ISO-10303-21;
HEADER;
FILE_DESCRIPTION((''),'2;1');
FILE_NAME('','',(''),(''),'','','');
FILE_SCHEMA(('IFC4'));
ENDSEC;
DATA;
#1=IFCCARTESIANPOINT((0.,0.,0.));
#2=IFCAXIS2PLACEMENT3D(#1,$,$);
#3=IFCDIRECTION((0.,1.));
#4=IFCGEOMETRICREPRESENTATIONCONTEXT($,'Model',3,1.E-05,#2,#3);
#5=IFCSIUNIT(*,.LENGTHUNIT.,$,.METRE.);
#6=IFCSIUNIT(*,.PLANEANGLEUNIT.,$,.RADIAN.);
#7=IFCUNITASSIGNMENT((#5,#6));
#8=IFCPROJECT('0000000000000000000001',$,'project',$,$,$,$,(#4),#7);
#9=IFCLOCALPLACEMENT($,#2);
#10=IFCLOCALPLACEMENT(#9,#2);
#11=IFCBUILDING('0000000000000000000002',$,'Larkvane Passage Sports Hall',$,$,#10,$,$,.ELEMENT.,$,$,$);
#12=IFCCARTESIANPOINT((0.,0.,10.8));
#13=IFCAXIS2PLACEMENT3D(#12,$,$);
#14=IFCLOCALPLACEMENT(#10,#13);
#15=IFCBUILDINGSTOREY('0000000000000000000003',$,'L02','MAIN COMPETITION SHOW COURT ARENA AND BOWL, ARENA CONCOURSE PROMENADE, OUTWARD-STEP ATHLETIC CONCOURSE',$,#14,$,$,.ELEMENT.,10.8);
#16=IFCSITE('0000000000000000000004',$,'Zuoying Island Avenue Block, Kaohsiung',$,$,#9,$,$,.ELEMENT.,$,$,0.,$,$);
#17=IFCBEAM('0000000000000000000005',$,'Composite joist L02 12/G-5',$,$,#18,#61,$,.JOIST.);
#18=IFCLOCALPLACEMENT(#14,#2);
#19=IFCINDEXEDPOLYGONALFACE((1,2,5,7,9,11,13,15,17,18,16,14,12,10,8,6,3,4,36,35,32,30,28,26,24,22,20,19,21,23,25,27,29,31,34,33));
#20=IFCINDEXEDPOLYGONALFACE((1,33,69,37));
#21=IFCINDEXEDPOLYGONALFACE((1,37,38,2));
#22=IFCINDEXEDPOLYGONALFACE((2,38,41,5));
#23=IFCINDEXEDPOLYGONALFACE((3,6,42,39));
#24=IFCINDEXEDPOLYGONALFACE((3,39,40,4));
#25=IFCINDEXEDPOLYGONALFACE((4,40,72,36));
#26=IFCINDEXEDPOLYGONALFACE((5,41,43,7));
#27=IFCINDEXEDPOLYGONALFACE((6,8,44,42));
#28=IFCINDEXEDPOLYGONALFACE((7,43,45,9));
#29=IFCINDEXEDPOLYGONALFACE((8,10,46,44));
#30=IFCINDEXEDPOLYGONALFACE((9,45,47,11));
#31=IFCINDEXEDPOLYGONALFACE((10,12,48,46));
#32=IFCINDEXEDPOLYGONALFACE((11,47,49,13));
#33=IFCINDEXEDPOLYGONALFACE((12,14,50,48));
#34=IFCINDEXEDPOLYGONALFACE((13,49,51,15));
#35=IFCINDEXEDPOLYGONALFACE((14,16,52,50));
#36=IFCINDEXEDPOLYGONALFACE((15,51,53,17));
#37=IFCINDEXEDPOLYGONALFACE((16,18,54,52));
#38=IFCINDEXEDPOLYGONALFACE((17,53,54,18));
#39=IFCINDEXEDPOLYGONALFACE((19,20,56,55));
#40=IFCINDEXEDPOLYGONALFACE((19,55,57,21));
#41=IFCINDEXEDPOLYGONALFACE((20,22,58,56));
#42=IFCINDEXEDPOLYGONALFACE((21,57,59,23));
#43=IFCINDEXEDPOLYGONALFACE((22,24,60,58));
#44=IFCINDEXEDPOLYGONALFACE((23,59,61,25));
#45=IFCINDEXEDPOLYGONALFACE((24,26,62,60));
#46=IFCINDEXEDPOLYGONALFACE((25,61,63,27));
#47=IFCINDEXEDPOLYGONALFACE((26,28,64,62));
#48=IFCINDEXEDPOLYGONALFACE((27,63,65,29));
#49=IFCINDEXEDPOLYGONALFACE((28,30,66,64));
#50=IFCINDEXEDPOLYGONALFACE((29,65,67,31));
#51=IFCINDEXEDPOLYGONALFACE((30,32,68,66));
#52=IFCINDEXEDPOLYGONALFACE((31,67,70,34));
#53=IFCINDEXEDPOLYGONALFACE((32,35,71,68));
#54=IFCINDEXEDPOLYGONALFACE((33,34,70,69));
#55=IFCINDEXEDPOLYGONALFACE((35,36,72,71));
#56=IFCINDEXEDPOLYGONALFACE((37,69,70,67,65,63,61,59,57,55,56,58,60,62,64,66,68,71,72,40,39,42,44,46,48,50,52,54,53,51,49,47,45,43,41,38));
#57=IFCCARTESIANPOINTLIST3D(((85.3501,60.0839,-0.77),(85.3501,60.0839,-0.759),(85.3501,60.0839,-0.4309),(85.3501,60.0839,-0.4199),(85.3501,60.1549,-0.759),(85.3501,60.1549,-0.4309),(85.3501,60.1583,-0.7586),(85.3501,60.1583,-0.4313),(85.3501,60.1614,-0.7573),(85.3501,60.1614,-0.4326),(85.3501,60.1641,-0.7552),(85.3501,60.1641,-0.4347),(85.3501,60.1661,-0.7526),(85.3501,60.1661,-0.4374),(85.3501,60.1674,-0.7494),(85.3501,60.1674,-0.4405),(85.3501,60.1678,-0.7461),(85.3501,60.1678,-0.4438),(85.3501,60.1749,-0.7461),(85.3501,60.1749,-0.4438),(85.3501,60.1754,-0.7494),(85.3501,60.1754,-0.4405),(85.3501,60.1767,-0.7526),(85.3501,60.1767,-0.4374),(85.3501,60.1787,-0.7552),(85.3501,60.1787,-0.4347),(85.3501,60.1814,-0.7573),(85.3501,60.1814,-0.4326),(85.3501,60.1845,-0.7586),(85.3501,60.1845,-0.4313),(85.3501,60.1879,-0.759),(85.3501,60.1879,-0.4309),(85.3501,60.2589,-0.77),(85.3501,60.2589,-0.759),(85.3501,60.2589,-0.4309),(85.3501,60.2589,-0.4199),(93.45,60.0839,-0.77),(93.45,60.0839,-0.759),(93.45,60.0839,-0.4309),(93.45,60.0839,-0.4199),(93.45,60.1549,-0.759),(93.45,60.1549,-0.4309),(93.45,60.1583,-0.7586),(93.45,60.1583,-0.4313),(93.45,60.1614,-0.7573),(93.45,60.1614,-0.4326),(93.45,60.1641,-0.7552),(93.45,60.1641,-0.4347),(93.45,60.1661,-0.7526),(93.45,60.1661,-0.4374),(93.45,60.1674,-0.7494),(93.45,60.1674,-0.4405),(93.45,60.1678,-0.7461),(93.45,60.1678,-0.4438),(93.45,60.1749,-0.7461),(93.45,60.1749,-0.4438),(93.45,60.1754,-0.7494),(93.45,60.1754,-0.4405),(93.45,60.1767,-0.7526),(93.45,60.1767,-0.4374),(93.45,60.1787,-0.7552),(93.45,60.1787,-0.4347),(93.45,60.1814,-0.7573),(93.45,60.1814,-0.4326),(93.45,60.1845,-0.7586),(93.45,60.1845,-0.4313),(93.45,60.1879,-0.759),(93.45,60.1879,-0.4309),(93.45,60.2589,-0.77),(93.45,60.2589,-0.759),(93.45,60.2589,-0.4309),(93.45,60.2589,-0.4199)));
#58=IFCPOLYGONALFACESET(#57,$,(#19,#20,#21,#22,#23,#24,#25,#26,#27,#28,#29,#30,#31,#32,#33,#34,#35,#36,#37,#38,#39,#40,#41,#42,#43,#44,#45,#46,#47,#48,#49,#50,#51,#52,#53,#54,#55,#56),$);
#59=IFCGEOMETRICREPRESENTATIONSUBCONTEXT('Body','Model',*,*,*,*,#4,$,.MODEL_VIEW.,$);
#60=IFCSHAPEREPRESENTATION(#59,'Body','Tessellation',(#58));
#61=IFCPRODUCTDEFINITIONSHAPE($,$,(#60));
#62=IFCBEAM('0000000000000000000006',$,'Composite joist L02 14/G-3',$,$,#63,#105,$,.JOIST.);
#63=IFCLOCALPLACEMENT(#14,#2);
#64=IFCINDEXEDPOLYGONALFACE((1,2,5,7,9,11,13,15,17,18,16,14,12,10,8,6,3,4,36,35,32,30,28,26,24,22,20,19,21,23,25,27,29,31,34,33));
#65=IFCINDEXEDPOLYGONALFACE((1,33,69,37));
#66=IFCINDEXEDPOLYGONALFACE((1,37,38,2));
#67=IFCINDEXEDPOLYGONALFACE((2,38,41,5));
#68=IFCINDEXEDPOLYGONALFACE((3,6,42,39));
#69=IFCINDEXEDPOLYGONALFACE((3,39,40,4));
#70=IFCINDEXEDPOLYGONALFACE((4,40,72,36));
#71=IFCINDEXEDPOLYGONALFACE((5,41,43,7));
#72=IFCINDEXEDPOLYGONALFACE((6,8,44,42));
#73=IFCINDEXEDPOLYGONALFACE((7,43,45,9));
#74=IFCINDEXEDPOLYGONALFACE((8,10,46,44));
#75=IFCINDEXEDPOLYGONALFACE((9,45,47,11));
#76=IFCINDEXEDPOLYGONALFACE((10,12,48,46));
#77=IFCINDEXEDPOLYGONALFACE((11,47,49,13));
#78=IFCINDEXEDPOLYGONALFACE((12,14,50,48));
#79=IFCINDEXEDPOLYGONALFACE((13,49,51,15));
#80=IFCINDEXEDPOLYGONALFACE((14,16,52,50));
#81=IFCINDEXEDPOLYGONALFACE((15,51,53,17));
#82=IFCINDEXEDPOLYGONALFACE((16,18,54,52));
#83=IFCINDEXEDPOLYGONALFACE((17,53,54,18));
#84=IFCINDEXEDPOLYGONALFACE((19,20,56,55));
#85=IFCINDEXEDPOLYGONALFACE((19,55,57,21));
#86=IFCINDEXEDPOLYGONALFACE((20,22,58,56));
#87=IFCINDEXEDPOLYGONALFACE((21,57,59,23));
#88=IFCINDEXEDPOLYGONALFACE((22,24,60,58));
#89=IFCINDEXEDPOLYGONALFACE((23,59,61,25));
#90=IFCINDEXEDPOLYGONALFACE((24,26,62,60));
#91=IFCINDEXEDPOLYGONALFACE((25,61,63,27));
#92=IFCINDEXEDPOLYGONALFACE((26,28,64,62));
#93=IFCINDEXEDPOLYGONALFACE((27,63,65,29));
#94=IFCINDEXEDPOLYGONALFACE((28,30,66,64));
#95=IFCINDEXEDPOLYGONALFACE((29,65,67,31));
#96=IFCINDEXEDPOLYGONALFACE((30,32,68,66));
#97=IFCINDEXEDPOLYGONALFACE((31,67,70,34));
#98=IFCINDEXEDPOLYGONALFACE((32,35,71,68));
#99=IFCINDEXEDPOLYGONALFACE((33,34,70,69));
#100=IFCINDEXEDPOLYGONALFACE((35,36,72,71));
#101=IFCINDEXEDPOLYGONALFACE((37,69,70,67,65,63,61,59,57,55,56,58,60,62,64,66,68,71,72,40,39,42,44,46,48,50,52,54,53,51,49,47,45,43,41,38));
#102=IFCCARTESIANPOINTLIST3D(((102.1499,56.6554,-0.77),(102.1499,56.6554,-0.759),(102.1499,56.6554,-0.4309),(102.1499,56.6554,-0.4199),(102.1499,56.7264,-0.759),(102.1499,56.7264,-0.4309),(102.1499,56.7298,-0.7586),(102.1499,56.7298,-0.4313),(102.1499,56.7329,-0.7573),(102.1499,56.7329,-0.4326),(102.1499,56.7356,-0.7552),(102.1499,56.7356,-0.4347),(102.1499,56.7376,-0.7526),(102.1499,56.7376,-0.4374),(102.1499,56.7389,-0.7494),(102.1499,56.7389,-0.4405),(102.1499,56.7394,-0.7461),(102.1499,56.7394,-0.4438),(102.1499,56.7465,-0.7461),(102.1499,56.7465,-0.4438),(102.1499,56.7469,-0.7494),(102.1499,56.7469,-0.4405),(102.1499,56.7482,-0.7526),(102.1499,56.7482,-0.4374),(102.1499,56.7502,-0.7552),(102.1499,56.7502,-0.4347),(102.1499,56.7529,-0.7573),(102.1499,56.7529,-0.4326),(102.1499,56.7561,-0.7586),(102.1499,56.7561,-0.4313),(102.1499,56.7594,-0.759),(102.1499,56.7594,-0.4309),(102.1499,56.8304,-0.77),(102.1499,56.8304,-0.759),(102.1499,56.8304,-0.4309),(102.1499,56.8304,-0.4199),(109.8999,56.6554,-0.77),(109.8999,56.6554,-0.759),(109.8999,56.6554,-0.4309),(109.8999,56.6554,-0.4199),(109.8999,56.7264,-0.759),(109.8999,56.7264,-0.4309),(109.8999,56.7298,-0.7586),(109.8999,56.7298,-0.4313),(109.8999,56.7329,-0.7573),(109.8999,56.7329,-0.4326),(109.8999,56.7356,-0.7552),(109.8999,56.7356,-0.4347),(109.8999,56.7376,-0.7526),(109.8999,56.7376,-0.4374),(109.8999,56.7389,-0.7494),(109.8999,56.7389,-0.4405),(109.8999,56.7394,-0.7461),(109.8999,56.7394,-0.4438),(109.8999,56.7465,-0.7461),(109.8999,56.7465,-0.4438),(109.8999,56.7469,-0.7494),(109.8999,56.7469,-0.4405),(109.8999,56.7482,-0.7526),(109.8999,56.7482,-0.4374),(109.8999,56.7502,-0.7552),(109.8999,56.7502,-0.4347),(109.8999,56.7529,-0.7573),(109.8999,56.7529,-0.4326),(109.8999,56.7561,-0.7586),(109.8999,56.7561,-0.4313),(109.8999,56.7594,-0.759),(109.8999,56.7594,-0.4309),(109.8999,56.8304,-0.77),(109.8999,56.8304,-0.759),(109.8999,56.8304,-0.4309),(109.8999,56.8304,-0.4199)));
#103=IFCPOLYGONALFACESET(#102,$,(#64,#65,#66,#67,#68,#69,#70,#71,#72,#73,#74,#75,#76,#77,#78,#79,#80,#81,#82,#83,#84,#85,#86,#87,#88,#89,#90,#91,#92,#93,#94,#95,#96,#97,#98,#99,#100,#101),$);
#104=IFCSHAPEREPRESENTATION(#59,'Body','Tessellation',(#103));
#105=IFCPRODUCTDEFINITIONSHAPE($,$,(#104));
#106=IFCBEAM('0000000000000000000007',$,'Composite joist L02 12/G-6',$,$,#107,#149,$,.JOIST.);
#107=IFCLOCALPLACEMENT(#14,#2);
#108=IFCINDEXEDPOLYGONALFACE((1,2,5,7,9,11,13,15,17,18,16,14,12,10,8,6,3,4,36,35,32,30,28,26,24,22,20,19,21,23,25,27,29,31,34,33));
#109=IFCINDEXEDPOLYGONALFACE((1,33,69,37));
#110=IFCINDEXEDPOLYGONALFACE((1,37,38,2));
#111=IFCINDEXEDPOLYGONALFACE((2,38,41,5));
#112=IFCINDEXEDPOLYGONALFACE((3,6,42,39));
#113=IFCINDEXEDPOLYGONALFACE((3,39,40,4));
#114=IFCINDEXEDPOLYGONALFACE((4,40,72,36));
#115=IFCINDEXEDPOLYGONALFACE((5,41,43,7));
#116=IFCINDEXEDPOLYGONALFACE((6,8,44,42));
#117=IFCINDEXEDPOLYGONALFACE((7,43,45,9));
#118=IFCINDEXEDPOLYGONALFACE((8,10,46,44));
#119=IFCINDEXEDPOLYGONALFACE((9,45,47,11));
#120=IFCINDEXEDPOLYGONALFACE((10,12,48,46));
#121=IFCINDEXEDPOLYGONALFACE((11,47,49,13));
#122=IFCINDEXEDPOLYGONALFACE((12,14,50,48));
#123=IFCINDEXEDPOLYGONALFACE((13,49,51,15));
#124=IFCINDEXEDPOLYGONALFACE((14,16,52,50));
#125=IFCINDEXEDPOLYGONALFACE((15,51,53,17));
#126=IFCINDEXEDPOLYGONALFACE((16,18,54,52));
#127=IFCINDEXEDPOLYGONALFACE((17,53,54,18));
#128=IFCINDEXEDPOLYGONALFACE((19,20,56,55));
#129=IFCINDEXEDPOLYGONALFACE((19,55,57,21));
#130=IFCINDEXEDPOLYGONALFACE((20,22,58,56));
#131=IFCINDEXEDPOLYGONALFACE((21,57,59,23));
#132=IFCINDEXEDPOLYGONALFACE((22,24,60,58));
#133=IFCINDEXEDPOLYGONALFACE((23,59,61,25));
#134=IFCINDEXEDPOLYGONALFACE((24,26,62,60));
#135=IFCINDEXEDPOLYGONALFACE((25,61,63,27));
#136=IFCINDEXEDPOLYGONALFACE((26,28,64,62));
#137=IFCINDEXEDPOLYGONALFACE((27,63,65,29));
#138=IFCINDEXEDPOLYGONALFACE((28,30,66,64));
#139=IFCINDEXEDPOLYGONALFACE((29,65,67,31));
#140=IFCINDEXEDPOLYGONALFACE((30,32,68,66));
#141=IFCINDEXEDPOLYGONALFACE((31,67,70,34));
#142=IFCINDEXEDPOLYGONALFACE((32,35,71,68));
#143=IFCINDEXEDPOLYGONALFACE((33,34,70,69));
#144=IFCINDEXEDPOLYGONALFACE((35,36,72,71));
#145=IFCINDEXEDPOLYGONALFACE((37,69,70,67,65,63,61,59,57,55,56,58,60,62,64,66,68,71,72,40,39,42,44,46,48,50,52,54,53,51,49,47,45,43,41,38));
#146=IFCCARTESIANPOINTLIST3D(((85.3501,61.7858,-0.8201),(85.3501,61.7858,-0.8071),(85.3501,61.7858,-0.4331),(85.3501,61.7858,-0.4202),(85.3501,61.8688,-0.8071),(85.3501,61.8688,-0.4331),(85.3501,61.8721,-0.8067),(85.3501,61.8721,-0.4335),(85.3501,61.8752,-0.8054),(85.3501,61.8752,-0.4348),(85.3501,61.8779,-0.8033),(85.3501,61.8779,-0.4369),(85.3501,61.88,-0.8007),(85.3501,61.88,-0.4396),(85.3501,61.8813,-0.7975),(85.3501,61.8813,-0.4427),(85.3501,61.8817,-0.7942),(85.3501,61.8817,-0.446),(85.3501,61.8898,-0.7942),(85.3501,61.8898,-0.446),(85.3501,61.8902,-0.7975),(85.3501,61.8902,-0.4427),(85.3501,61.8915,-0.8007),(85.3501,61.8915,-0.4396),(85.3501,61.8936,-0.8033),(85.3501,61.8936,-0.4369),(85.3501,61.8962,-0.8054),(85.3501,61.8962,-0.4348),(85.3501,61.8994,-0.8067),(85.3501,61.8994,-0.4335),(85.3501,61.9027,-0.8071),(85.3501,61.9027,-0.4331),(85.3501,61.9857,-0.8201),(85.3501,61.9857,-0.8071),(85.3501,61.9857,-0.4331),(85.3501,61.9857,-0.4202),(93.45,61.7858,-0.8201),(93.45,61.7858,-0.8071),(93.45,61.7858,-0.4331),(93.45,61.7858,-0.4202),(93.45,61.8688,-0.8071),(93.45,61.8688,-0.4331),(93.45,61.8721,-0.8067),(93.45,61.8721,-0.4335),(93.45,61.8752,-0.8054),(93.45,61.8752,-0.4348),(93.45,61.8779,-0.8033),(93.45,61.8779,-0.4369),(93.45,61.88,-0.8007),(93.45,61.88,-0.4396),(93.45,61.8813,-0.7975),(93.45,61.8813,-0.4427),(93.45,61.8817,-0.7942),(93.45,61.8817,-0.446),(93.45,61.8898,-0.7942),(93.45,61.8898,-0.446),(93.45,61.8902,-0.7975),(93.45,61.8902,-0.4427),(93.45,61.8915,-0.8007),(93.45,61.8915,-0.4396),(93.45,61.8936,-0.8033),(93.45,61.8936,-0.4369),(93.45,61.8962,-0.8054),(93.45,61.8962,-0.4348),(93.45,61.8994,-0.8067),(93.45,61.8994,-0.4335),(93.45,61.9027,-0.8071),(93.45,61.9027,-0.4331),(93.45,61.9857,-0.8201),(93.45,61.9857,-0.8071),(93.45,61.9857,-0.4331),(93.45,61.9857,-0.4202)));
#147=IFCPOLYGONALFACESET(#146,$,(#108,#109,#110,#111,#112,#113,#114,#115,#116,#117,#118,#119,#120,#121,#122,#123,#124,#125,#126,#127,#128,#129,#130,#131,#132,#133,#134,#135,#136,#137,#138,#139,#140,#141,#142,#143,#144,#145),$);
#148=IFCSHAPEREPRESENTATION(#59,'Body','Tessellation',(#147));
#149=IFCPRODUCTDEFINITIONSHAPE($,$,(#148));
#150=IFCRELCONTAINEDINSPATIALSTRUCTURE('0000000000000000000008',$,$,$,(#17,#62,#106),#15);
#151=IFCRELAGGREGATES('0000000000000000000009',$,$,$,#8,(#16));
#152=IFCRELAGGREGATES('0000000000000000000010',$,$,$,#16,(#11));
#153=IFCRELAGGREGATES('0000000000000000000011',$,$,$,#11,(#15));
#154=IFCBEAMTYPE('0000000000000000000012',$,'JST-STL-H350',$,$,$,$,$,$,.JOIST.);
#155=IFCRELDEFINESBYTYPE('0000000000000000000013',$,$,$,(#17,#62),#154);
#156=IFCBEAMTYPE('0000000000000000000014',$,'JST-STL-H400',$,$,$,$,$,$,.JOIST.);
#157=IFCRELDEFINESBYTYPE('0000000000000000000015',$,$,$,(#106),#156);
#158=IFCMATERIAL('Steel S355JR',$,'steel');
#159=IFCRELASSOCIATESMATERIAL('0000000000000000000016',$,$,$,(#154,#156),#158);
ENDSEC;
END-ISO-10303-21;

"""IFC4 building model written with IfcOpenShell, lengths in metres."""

from ifc_helpers import new_model, si_unit, direction, frame, origin, origin_2d, place, context, subcontext, project, spatial, i_section, extrude, material, material_profile, profile_set, type_object, element, save


model = new_model("IFC4")

# Units and contexts
model_context = context("Model", 3, precision=1e-05, world=origin(), true_north=direction((0.0, 1.0)))
body_context = subcontext(model_context, "Body", "Model", "MODEL_VIEW")
ifc_project = project(units=[si_unit("LENGTHUNIT", "METRE"), si_unit("PLANEANGLEUNIT", "RADIAN")], contexts=[model_context])

# Site, building, storey
site_placement = place(None, origin())
site = spatial("IfcSite", under=ifc_project, at=site_placement, Name="Zuoying Island Avenue Block, Kaohsiung", CompositionType="ELEMENT", RefElevation=0.0)
building_placement = place(site_placement, origin())
building = spatial("IfcBuilding", under=site, at=building_placement, Name="Larkvane Passage Sports Hall", CompositionType="ELEMENT")
storey_placement = place(building_placement, frame((0.0, 0.0, 10.8)))
storey = spatial("IfcBuildingStorey", under=building, at=storey_placement, Name="L02", Description="MAIN COMPETITION SHOW COURT ARENA AND BOWL, ARENA CONCOURSE PROMENADE, OUTWARD-STEP ATHLETIC CONCOURSE", CompositionType="ELEMENT", Elevation=10.8)

# Shared definitions
ifc_material_1 = material(Name="Steel S355JR", Category="steel")

# Beams
ifc_material_profile_1 = material_profile(ifc_material_1, i_section(OverallWidth=0.175, OverallDepth=0.3501, WebThickness=0.0071, FlangeThickness=0.011, FilletRadius=0.0129, at=origin_2d()), Name="H-350x175x7x11")
ifc_profile_set_1 = profile_set([ifc_material_profile_1], Name="Steel S355JR")
beam_type_1 = type_object("IfcBeamType", Name="JST-STL-H350", PredefinedType="JOIST", material=ifc_profile_set_1)
beam_1_placement = place(storey_placement, frame((85.3501, 60.1714, -0.595), z_axis=(1.0, 0.0, 0.0), x_axis=(0.0, 1.0, 0.0)))
element("IfcBeam", 1, at=beam_1_placement, inside=storey, type_object=beam_type_1, Name="Composite joist L02 12/G-5", PredefinedType="JOIST", context=body_context, shape_type="SweptSolid", body=[
    extrude(i_section(OverallWidth=0.175, OverallDepth=0.3501, WebThickness=0.0071, FlangeThickness=0.011, FilletRadius=0.0129, at=origin_2d()), origin(), (0.0, 0.0, 1.0), 8.0999),
])
beam_2_placement = place(storey_placement, frame((102.1499, 56.7429, -0.595), z_axis=(1.0, 0.0, 0.0), x_axis=(0.0, 1.0, 0.0)))
element("IfcBeam", 2, at=beam_2_placement, inside=storey, type_object=beam_type_1, Name="Composite joist L02 14/G-3", PredefinedType="JOIST", context=body_context, shape_type="SweptSolid", body=[
    extrude(i_section(OverallWidth=0.175, OverallDepth=0.3501, WebThickness=0.0071, FlangeThickness=0.011, FilletRadius=0.0129, at=origin_2d()), origin(), (0.0, 0.0, 1.0), 7.75),
])
ifc_material_profile_2 = material_profile(ifc_material_1, i_section(OverallWidth=0.2, OverallDepth=0.3999, WebThickness=0.0081, FlangeThickness=0.0129, FilletRadius=0.0129, at=origin_2d()), Name="H-400x200x8x13")
ifc_profile_set_2 = profile_set([ifc_material_profile_2], Name="Steel S355JR")
beam_type_2 = type_object("IfcBeamType", Name="JST-STL-H400", PredefinedType="JOIST", material=ifc_profile_set_2)
beam_3_placement = place(storey_placement, frame((85.3501, 61.8857, -0.6201), z_axis=(1.0, 0.0, 0.0), x_axis=(0.0, 1.0, 0.0)))
element("IfcBeam", 3, at=beam_3_placement, inside=storey, type_object=beam_type_2, Name="Composite joist L02 12/G-6", PredefinedType="JOIST", context=body_context, shape_type="SweptSolid", body=[
    extrude(i_section(OverallWidth=0.2, OverallDepth=0.3999, WebThickness=0.0081, FlangeThickness=0.0129, FilletRadius=0.0129, at=origin_2d()), origin(), (0.0, 0.0, 1.0), 8.0999),
])

save(model, "model.ifc")
